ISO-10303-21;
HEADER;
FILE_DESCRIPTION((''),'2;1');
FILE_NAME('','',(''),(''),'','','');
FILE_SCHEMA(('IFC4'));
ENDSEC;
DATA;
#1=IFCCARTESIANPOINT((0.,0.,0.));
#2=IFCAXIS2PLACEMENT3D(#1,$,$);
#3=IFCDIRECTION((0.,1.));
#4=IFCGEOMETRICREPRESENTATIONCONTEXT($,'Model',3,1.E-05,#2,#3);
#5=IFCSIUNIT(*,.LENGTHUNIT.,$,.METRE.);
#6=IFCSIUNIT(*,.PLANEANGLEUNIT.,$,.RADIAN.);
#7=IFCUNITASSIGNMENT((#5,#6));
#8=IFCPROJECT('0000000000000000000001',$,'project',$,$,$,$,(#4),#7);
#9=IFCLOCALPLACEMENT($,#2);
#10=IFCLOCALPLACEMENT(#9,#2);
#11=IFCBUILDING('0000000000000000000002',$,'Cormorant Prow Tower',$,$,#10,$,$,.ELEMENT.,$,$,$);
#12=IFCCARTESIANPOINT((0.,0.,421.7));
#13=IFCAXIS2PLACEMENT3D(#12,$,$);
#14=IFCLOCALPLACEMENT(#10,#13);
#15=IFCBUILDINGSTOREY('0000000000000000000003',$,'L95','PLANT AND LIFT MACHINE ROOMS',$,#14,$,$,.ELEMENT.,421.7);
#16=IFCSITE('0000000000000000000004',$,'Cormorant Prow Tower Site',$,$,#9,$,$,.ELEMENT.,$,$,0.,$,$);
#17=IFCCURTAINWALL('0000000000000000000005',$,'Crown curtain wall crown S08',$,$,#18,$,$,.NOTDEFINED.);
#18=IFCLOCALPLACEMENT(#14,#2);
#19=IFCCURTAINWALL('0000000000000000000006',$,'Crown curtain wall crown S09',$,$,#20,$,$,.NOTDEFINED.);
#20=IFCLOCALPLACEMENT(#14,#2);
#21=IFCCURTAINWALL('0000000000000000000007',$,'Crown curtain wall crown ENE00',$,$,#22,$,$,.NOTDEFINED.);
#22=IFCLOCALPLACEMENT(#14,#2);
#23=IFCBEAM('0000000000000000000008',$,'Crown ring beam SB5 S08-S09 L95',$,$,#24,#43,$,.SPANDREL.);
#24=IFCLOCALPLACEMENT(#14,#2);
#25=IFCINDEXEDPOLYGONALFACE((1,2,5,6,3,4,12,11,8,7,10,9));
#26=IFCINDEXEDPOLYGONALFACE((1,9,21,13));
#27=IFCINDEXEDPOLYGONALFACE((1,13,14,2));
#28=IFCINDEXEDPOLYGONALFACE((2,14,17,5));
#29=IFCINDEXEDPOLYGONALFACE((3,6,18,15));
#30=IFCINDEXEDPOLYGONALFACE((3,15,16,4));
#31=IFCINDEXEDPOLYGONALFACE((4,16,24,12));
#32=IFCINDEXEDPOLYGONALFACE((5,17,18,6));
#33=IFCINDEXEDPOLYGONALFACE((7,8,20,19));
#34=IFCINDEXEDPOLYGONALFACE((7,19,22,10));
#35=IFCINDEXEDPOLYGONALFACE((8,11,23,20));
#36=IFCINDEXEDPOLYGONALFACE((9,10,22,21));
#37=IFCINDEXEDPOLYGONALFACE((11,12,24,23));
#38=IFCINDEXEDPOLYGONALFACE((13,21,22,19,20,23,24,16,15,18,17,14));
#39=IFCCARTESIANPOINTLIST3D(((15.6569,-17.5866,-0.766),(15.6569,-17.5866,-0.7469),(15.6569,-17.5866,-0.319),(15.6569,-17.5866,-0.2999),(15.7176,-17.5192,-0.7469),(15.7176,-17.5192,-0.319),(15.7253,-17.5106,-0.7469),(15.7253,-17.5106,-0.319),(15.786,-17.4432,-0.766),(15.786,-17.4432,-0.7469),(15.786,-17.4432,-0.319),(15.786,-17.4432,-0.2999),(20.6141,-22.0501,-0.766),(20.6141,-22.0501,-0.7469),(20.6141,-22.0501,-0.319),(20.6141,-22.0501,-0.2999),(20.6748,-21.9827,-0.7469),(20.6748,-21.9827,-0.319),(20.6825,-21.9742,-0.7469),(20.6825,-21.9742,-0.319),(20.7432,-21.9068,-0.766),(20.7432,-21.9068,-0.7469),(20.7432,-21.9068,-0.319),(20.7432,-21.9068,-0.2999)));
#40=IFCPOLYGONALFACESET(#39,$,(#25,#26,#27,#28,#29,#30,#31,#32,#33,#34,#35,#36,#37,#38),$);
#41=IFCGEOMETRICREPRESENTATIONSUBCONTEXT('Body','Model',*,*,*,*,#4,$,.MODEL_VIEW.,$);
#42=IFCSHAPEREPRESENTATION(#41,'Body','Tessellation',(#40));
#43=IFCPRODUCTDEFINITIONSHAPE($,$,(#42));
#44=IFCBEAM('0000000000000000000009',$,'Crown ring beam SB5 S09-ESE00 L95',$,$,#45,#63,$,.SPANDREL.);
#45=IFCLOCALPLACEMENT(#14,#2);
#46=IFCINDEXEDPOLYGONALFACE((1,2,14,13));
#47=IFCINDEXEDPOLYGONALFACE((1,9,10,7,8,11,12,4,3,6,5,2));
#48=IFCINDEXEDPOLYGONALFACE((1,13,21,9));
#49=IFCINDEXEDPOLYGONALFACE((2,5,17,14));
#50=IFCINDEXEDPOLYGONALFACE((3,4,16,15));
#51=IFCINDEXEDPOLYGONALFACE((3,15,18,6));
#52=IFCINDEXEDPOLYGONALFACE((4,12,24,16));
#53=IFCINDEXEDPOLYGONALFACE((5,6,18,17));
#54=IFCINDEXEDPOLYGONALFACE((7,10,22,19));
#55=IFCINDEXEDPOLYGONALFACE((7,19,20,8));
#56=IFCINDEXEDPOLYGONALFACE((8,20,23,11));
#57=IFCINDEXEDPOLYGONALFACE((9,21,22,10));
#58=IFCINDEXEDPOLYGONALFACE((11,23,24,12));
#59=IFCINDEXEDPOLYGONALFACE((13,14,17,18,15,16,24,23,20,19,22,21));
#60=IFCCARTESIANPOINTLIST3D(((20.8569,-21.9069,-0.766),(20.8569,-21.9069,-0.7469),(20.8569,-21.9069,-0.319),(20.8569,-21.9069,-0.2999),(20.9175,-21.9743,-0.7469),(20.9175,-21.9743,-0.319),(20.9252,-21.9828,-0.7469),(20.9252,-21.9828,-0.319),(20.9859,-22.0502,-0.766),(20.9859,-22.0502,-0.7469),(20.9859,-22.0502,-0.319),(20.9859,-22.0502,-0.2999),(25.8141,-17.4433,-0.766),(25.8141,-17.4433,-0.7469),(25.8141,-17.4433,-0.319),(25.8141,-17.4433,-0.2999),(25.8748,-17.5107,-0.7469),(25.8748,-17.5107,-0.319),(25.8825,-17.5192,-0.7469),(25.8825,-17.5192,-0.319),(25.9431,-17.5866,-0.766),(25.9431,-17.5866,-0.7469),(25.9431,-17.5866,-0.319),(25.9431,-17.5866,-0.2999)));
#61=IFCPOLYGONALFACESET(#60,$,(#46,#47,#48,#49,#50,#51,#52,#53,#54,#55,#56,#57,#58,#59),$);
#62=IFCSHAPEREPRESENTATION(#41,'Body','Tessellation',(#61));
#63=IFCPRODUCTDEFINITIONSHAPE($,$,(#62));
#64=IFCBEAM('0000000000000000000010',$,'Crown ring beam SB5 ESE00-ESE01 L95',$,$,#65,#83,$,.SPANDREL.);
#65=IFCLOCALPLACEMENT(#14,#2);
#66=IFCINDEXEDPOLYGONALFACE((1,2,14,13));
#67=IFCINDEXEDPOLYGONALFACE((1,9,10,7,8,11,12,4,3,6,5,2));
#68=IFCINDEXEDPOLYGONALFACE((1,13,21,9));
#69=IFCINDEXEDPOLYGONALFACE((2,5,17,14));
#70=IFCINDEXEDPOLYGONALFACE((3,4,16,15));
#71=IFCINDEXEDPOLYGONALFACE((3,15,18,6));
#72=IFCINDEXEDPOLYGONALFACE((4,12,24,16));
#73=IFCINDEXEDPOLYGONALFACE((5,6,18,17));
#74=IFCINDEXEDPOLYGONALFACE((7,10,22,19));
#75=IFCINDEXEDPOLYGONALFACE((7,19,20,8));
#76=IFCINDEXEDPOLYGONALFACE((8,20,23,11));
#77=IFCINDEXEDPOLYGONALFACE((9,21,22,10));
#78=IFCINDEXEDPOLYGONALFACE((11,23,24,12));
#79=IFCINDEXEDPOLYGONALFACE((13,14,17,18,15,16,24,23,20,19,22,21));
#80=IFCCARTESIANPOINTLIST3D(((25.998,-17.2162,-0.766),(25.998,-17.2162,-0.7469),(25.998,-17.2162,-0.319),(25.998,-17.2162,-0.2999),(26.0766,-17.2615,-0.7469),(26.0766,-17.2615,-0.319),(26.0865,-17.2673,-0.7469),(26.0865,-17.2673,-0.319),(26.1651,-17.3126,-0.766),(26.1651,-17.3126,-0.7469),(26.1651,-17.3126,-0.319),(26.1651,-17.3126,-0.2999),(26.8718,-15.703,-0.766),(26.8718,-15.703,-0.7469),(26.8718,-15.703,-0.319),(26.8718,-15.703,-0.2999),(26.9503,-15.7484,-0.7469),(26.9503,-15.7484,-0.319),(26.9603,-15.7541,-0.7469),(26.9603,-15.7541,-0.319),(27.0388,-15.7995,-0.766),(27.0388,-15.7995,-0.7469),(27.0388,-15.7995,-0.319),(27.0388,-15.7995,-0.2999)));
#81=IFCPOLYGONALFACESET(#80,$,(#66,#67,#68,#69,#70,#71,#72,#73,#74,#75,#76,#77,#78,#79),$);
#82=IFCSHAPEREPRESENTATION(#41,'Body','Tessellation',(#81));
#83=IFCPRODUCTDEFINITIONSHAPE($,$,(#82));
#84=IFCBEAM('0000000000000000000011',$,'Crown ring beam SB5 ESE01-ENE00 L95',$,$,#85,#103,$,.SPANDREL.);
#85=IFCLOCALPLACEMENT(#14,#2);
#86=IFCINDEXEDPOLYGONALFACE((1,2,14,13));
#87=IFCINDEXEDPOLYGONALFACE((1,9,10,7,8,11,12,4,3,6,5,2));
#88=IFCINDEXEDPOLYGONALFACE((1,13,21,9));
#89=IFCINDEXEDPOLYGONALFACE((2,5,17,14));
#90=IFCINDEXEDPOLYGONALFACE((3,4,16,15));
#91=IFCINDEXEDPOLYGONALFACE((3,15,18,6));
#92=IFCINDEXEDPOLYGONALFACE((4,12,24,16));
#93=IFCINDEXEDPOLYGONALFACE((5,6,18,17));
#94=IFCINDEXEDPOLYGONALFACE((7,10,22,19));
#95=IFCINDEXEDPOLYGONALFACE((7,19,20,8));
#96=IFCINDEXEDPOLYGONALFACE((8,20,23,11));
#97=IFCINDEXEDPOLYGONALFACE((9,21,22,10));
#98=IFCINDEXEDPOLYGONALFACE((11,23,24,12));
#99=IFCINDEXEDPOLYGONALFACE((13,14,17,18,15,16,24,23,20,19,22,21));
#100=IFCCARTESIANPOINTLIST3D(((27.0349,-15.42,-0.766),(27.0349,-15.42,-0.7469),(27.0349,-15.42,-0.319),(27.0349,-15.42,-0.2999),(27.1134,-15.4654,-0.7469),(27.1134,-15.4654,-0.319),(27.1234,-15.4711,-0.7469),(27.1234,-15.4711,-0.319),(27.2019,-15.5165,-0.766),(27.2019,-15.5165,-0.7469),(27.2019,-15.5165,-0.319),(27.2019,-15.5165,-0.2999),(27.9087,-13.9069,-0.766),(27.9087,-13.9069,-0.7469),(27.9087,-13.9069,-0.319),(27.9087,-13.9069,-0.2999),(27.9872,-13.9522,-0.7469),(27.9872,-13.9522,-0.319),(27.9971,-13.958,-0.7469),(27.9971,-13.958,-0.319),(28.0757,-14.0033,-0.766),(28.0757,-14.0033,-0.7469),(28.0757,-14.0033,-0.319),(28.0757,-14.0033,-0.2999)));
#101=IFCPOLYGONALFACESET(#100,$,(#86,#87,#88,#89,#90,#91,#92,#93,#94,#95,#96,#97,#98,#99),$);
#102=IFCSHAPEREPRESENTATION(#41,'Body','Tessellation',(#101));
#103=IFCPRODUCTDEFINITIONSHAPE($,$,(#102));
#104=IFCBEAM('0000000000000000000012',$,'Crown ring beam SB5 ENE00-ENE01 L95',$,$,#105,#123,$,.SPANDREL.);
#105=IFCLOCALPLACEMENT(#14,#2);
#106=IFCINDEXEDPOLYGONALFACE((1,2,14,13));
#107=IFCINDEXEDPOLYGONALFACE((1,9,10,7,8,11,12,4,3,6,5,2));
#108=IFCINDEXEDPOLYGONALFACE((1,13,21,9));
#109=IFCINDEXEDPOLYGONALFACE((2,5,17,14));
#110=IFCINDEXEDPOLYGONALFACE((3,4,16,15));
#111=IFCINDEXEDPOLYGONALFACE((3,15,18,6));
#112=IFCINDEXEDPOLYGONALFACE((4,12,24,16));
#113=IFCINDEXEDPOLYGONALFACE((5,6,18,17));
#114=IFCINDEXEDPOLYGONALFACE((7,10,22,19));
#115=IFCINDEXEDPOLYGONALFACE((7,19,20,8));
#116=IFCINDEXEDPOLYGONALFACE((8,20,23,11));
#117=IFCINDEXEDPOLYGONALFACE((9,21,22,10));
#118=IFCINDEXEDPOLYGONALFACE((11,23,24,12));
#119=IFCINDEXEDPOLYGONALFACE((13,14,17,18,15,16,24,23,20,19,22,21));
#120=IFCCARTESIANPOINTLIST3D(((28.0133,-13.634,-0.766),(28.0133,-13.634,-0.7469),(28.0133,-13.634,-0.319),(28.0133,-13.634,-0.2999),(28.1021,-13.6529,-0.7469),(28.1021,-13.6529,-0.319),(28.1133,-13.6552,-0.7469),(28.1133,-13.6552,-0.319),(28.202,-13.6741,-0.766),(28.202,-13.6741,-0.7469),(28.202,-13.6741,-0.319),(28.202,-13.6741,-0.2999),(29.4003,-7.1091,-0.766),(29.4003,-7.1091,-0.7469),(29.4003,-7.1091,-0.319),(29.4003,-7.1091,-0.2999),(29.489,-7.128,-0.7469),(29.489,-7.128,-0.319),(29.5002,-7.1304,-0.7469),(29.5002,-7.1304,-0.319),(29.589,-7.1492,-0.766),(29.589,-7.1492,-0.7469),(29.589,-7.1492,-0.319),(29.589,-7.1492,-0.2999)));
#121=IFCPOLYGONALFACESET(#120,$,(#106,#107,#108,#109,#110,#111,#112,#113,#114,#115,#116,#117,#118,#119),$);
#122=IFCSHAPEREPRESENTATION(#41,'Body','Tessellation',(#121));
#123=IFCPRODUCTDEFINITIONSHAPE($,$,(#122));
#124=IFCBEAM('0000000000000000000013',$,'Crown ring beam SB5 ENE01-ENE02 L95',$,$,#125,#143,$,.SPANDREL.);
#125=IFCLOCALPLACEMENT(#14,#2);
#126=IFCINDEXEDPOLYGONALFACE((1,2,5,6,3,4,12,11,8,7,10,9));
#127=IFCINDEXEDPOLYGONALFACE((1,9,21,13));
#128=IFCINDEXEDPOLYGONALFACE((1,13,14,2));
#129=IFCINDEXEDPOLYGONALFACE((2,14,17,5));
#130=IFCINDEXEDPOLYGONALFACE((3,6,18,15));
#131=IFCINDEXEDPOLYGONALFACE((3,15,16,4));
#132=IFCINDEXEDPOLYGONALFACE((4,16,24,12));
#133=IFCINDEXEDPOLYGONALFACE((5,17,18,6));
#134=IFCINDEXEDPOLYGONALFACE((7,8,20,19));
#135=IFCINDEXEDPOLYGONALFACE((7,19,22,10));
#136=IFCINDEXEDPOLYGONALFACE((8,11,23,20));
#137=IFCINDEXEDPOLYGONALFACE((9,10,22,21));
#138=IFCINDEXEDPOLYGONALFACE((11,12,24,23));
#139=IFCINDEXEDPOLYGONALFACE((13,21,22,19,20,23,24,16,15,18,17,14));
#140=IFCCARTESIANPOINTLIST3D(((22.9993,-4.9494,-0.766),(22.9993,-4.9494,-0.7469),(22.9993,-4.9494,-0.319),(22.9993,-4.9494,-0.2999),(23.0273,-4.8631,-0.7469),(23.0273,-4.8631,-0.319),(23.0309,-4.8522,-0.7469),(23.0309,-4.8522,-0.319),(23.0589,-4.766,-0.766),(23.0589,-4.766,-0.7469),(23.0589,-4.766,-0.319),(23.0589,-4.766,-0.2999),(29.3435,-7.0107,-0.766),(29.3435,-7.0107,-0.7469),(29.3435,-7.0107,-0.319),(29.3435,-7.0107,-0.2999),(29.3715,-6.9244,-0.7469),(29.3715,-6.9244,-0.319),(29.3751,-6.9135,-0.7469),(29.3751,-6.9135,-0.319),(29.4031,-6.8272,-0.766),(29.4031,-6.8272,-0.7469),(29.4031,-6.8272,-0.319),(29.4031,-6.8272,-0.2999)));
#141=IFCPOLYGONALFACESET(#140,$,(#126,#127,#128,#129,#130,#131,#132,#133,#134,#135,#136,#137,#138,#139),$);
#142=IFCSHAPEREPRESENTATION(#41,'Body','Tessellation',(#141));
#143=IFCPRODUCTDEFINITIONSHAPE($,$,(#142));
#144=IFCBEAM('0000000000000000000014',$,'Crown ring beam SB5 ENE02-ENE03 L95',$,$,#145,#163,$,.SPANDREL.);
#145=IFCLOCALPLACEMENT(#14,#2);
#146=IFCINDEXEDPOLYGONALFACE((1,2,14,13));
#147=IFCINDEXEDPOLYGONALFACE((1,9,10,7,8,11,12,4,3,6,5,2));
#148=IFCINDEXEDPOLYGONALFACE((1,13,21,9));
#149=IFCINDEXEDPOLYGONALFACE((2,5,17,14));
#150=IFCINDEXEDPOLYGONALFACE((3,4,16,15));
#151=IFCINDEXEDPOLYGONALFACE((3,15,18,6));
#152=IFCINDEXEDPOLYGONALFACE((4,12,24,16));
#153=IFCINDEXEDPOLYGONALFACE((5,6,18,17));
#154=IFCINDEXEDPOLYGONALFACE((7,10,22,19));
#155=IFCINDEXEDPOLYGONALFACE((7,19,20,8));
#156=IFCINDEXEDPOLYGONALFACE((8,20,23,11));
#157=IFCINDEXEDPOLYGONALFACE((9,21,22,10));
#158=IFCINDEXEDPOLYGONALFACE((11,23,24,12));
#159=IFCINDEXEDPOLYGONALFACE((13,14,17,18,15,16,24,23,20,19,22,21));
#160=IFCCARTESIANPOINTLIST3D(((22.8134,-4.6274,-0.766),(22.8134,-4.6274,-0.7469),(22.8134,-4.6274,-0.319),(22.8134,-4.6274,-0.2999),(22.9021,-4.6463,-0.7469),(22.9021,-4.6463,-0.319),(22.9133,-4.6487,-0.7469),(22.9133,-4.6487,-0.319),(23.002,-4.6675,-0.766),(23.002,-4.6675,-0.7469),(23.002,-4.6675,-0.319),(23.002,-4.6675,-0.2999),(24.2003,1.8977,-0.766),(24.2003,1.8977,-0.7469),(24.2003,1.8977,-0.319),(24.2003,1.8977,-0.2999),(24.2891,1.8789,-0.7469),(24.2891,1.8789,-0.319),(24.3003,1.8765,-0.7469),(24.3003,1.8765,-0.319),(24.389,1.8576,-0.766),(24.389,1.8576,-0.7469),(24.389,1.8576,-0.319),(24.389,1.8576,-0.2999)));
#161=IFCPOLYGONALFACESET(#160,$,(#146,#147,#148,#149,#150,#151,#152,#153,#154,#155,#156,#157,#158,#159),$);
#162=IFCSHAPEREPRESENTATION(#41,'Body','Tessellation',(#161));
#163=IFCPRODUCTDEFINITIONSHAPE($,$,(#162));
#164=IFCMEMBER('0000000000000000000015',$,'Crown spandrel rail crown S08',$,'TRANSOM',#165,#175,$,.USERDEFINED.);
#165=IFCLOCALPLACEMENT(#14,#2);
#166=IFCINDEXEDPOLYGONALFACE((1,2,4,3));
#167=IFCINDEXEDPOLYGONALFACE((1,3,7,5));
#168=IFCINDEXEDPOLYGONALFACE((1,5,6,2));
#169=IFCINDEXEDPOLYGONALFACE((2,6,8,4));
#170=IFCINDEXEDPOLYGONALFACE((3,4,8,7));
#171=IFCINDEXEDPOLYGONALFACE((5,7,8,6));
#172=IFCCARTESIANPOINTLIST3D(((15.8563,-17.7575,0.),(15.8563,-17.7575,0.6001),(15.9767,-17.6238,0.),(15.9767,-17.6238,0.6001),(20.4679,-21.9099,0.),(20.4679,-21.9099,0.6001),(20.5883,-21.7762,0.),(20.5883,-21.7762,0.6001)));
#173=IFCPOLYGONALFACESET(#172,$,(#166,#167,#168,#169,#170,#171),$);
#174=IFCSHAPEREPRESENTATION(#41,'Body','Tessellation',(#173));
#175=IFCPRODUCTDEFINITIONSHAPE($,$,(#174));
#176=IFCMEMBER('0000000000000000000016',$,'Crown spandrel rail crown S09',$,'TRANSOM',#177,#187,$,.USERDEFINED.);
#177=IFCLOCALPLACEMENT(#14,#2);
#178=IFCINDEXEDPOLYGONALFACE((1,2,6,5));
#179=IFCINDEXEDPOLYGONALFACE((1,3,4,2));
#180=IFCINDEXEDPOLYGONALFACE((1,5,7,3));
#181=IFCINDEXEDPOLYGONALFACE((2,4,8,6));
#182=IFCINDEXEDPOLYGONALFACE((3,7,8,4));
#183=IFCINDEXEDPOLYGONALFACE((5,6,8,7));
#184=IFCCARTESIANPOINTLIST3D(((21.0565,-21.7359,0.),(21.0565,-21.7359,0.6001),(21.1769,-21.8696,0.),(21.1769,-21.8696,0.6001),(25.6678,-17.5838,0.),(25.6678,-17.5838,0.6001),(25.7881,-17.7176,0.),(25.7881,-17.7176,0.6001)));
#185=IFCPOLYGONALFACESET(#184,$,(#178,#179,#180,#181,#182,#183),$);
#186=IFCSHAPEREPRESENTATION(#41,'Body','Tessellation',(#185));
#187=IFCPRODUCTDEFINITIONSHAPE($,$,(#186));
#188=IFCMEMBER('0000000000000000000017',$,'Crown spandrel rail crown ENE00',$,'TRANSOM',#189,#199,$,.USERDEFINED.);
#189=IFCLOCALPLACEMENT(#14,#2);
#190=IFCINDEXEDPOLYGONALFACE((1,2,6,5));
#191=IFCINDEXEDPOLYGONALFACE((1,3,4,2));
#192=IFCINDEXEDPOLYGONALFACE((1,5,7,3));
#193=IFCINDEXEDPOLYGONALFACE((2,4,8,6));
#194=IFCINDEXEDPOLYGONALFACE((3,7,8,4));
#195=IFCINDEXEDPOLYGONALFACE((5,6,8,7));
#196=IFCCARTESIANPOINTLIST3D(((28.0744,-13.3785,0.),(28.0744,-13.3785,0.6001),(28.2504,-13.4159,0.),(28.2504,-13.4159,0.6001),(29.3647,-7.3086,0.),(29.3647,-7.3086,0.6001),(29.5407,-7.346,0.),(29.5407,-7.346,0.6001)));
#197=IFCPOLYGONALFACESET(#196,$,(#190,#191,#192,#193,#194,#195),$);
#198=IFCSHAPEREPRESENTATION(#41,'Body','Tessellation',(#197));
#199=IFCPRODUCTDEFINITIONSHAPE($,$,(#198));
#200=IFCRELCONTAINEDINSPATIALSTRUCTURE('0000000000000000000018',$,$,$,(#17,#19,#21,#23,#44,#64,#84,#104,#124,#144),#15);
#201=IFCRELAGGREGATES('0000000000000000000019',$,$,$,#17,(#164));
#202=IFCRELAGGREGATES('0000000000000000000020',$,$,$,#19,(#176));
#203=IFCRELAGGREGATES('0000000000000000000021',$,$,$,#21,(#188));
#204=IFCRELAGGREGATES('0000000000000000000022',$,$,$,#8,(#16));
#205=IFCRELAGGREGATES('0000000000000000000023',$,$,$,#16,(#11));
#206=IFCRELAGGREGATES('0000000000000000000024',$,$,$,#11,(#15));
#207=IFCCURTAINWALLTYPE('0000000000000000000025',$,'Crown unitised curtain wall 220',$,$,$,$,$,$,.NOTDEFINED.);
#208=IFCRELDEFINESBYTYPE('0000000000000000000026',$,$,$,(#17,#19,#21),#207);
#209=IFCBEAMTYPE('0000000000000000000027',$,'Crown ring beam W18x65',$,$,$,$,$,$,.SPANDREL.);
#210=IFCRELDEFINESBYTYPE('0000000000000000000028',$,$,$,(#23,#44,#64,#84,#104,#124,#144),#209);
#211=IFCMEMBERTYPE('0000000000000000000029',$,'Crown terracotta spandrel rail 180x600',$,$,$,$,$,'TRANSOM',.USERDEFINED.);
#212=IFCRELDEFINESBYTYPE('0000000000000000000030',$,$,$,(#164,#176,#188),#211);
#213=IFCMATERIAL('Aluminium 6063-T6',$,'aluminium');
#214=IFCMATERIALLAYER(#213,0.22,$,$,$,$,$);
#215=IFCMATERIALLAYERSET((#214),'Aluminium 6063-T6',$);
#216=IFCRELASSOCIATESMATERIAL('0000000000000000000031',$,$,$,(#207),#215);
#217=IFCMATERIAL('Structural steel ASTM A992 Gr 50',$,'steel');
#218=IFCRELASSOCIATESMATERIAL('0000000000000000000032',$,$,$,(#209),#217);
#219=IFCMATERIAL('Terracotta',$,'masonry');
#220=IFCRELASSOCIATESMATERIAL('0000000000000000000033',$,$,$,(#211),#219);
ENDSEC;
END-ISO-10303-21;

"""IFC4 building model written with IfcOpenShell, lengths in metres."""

from ifc_helpers import new_model, si_unit, direction, frame, origin, origin_2d, place, context, subcontext, project, spatial, rectangle, i_section, extrude, material, layer, layer_set, material_profile, profile_set, type_object, element, aggregate, save


model = new_model("IFC4")

# Units and contexts
model_context = context("Model", 3, precision=1e-05, world=origin(), true_north=direction((0.0, 1.0)))
body_context = subcontext(model_context, "Body", "Model", "MODEL_VIEW")
ifc_project = project(units=[si_unit("LENGTHUNIT", "METRE"), si_unit("PLANEANGLEUNIT", "RADIAN")], contexts=[model_context])

# Site, building, storey
site_placement = place(None, origin())
site = spatial("IfcSite", under=ifc_project, at=site_placement, Name="Cormorant Prow Tower Site", CompositionType="ELEMENT", RefElevation=0.0)
building_placement = place(site_placement, origin())
building = spatial("IfcBuilding", under=site, at=building_placement, Name="Cormorant Prow Tower", CompositionType="ELEMENT")
storey_placement = place(building_placement, frame((0.0, 0.0, 421.7)))
storey = spatial("IfcBuildingStorey", under=building, at=storey_placement, Name="L95", Description="PLANT AND LIFT MACHINE ROOMS", CompositionType="ELEMENT", Elevation=421.7)

# Curtain walls
ifc_material_1 = material(Name="Aluminium 6063-T6", Category="aluminium")
ifc_layer_1 = layer(ifc_material_1, 0.22)
ifc_layer_set_1 = layer_set([ifc_layer_1], Name="Aluminium 6063-T6")
curtain_wall_type = type_object("IfcCurtainWallType", Name="Crown unitised curtain wall 220", PredefinedType="NOTDEFINED", material=ifc_layer_set_1)
curtain_wall_1_placement = place(storey_placement, origin())
curtain_wall_1 = element("IfcCurtainWall", 1, at=curtain_wall_1_placement, inside=storey, type_object=curtain_wall_type, Name="Crown curtain wall crown S08", PredefinedType="NOTDEFINED")
curtain_wall_2_placement = place(storey_placement, origin())
curtain_wall_2 = element("IfcCurtainWall", 2, at=curtain_wall_2_placement, inside=storey, type_object=curtain_wall_type, Name="Crown curtain wall crown S09", PredefinedType="NOTDEFINED")
curtain_wall_3_placement = place(storey_placement, origin())
curtain_wall_3 = element("IfcCurtainWall", 3, at=curtain_wall_3_placement, inside=storey, type_object=curtain_wall_type, Name="Crown curtain wall crown ENE00", PredefinedType="NOTDEFINED")

# Beams
ifc_material_2 = material(Name="Structural steel ASTM A992 Gr 50", Category="steel")
ifc_material_profile_1 = material_profile(ifc_material_2, i_section(OverallWidth=0.1929, OverallDepth=0.4661, WebThickness=0.0115, FlangeThickness=0.019, at=origin_2d()), Name="W18x65")
ifc_profile_set_1 = profile_set([ifc_material_profile_1], Name="Structural steel ASTM A992 Gr 50")
beam_type = type_object("IfcBeamType", Name="Crown ring beam W18x65", PredefinedType="SPANDREL", material=ifc_profile_set_1)
for number, where, z_axis, x_axis, name in (
    (4, (15.7214, -17.5149, -0.533), (0.743139, -0.669137, 0.0), (0.669137, 0.743139, 0.0), "Crown ring beam SB5 S08-S09 L95"),
    (5, (20.9214, -21.9785, -0.533), (0.743139, 0.669137, 0.0), (-0.669137, 0.743139, 0.0), "Crown ring beam SB5 S09-ESE00 L95"),
):
    element("IfcBeam", number, at=place(storey_placement, frame(where, z_axis=z_axis, x_axis=x_axis)), inside=storey, type_object=beam_type, Name=name, PredefinedType="SPANDREL", context=body_context, shape_type="SweptSolid", body=[
        extrude(i_section(OverallWidth=0.1929, OverallDepth=0.4661, WebThickness=0.0115, FlangeThickness=0.019, at=origin_2d()), origin(), (0.0, 0.0, 1.0), 6.6707),
    ])
for number, where, z_axis, x_axis, name in (
    (6, (26.0815, -17.2644, -0.533), (0.500061, 0.86599, 0.0), (-0.86599, 0.500061, 0.0), "Crown ring beam SB5 ESE00-ESE01 L95"),
    (7, (27.1184, -15.4683, -0.533), (0.500061, 0.86599, 0.0), (-0.86599, 0.500061, 0.0), "Crown ring beam SB5 ESE01-ENE00 L95"),
):
    element("IfcBeam", number, at=place(storey_placement, frame(where, z_axis=z_axis, x_axis=x_axis)), inside=storey, type_object=beam_type, Name=name, PredefinedType="SPANDREL", context=body_context, shape_type="SweptSolid", body=[
        extrude(i_section(OverallWidth=0.1929, OverallDepth=0.4661, WebThickness=0.0115, FlangeThickness=0.019, at=origin_2d()), origin(), (0.0, 0.0, 1.0), 1.7473),
    ])
for number, where, z_axis, x_axis, name in (
    (8, (28.1077, -13.6541, -0.533), (0.207919, 0.978146, 0.0), (-0.978146, 0.207919, 0.0), "Crown ring beam SB5 ENE00-ENE01 L95"),
    (9, (29.3733, -6.9189, -0.533), (-0.95106, 0.309005, 0.0), (-0.309005, -0.95106, 0.0), "Crown ring beam SB5 ENE01-ENE02 L95"),
):
    element("IfcBeam", number, at=place(storey_placement, frame(where, z_axis=z_axis, x_axis=x_axis)), inside=storey, type_object=beam_type, Name=name, PredefinedType="SPANDREL", context=body_context, shape_type="SweptSolid", body=[
        extrude(i_section(OverallWidth=0.1929, OverallDepth=0.4661, WebThickness=0.0115, FlangeThickness=0.019, at=origin_2d()), origin(), (0.0, 0.0, 1.0), 6.6707),
    ])
beam_placement = place(storey_placement, frame((22.9077, -4.6475, -0.533), z_axis=(0.207912, 0.978148, 0.0), x_axis=(-0.978148, 0.207912, 0.0)))
element("IfcBeam", 10, at=beam_placement, inside=storey, type_object=beam_type, Name="Crown ring beam SB5 ENE02-ENE03 L95", PredefinedType="SPANDREL", context=body_context, shape_type="SweptSolid", body=[
    extrude(i_section(OverallWidth=0.1929, OverallDepth=0.4661, WebThickness=0.0115, FlangeThickness=0.019, at=origin_2d()), origin(), (0.0, 0.0, 1.0), 6.6709),
])

# Members
ifc_material_3 = material(Name="Terracotta", Category="masonry")
ifc_material_profile_2 = material_profile(ifc_material_3, rectangle(XDim=0.1799, YDim=0.6001, at=origin_2d()), Name="Crown terracotta spandrel rail 180x600")
ifc_profile_set_2 = profile_set([ifc_material_profile_2], Name="Terracotta")
member_type_1 = type_object("IfcMemberType", Name="Crown terracotta spandrel rail 180x600", ElementType="TRANSOM", PredefinedType="USERDEFINED", material=ifc_profile_set_2)
member_1_placement = place(storey_placement, frame((15.9165, -17.6907, 0.3), z_axis=(0.74314, -0.669136, 0.0), x_axis=(0.669136, 0.74314, 0.0)))
member_1 = element("IfcMember", 11, at=member_1_placement, type_object=member_type_1, Name="Crown spandrel rail crown S08", ObjectType="TRANSOM", PredefinedType="USERDEFINED", context=body_context, shape_type="SweptSolid", body=[
    extrude(rectangle(XDim=0.1799, YDim=0.6001, at=origin_2d()), origin(), (0.0, 0.0, 1.0), 6.2056),
])
member_2_placement = place(storey_placement, frame((21.1167, -21.8027, 0.3), z_axis=(0.743142, 0.669134, 0.0), x_axis=(-0.669134, 0.743142, 0.0)))
member_2 = element("IfcMember", 12, at=member_2_placement, type_object=member_type_1, Name="Crown spandrel rail crown S09", ObjectType="TRANSOM", PredefinedType="USERDEFINED", context=body_context, shape_type="SweptSolid", body=[
    extrude(rectangle(XDim=0.1799, YDim=0.6001, at=origin_2d()), origin(), (0.0, 0.0, 1.0), 6.2051),
])
member_3_placement = place(storey_placement, frame((28.1624, -13.3972, 0.3), z_axis=(0.207927, 0.978144, 0.0), x_axis=(-0.978144, 0.207927, 0.0)))
member_3 = element("IfcMember", 13, at=member_3_placement, type_object=member_type_1, Name="Crown spandrel rail crown ENE00", ObjectType="TRANSOM", PredefinedType="USERDEFINED", context=body_context, shape_type="SweptSolid", body=[
    extrude(rectangle(XDim=0.1799, YDim=0.6001, at=origin_2d()), origin(), (0.0, 0.0, 1.0), 6.2056),
])

aggregate(curtain_wall_1, [member_1])
aggregate(curtain_wall_2, [member_2])
aggregate(curtain_wall_3, [member_3])

save(model, "model.ifc")
